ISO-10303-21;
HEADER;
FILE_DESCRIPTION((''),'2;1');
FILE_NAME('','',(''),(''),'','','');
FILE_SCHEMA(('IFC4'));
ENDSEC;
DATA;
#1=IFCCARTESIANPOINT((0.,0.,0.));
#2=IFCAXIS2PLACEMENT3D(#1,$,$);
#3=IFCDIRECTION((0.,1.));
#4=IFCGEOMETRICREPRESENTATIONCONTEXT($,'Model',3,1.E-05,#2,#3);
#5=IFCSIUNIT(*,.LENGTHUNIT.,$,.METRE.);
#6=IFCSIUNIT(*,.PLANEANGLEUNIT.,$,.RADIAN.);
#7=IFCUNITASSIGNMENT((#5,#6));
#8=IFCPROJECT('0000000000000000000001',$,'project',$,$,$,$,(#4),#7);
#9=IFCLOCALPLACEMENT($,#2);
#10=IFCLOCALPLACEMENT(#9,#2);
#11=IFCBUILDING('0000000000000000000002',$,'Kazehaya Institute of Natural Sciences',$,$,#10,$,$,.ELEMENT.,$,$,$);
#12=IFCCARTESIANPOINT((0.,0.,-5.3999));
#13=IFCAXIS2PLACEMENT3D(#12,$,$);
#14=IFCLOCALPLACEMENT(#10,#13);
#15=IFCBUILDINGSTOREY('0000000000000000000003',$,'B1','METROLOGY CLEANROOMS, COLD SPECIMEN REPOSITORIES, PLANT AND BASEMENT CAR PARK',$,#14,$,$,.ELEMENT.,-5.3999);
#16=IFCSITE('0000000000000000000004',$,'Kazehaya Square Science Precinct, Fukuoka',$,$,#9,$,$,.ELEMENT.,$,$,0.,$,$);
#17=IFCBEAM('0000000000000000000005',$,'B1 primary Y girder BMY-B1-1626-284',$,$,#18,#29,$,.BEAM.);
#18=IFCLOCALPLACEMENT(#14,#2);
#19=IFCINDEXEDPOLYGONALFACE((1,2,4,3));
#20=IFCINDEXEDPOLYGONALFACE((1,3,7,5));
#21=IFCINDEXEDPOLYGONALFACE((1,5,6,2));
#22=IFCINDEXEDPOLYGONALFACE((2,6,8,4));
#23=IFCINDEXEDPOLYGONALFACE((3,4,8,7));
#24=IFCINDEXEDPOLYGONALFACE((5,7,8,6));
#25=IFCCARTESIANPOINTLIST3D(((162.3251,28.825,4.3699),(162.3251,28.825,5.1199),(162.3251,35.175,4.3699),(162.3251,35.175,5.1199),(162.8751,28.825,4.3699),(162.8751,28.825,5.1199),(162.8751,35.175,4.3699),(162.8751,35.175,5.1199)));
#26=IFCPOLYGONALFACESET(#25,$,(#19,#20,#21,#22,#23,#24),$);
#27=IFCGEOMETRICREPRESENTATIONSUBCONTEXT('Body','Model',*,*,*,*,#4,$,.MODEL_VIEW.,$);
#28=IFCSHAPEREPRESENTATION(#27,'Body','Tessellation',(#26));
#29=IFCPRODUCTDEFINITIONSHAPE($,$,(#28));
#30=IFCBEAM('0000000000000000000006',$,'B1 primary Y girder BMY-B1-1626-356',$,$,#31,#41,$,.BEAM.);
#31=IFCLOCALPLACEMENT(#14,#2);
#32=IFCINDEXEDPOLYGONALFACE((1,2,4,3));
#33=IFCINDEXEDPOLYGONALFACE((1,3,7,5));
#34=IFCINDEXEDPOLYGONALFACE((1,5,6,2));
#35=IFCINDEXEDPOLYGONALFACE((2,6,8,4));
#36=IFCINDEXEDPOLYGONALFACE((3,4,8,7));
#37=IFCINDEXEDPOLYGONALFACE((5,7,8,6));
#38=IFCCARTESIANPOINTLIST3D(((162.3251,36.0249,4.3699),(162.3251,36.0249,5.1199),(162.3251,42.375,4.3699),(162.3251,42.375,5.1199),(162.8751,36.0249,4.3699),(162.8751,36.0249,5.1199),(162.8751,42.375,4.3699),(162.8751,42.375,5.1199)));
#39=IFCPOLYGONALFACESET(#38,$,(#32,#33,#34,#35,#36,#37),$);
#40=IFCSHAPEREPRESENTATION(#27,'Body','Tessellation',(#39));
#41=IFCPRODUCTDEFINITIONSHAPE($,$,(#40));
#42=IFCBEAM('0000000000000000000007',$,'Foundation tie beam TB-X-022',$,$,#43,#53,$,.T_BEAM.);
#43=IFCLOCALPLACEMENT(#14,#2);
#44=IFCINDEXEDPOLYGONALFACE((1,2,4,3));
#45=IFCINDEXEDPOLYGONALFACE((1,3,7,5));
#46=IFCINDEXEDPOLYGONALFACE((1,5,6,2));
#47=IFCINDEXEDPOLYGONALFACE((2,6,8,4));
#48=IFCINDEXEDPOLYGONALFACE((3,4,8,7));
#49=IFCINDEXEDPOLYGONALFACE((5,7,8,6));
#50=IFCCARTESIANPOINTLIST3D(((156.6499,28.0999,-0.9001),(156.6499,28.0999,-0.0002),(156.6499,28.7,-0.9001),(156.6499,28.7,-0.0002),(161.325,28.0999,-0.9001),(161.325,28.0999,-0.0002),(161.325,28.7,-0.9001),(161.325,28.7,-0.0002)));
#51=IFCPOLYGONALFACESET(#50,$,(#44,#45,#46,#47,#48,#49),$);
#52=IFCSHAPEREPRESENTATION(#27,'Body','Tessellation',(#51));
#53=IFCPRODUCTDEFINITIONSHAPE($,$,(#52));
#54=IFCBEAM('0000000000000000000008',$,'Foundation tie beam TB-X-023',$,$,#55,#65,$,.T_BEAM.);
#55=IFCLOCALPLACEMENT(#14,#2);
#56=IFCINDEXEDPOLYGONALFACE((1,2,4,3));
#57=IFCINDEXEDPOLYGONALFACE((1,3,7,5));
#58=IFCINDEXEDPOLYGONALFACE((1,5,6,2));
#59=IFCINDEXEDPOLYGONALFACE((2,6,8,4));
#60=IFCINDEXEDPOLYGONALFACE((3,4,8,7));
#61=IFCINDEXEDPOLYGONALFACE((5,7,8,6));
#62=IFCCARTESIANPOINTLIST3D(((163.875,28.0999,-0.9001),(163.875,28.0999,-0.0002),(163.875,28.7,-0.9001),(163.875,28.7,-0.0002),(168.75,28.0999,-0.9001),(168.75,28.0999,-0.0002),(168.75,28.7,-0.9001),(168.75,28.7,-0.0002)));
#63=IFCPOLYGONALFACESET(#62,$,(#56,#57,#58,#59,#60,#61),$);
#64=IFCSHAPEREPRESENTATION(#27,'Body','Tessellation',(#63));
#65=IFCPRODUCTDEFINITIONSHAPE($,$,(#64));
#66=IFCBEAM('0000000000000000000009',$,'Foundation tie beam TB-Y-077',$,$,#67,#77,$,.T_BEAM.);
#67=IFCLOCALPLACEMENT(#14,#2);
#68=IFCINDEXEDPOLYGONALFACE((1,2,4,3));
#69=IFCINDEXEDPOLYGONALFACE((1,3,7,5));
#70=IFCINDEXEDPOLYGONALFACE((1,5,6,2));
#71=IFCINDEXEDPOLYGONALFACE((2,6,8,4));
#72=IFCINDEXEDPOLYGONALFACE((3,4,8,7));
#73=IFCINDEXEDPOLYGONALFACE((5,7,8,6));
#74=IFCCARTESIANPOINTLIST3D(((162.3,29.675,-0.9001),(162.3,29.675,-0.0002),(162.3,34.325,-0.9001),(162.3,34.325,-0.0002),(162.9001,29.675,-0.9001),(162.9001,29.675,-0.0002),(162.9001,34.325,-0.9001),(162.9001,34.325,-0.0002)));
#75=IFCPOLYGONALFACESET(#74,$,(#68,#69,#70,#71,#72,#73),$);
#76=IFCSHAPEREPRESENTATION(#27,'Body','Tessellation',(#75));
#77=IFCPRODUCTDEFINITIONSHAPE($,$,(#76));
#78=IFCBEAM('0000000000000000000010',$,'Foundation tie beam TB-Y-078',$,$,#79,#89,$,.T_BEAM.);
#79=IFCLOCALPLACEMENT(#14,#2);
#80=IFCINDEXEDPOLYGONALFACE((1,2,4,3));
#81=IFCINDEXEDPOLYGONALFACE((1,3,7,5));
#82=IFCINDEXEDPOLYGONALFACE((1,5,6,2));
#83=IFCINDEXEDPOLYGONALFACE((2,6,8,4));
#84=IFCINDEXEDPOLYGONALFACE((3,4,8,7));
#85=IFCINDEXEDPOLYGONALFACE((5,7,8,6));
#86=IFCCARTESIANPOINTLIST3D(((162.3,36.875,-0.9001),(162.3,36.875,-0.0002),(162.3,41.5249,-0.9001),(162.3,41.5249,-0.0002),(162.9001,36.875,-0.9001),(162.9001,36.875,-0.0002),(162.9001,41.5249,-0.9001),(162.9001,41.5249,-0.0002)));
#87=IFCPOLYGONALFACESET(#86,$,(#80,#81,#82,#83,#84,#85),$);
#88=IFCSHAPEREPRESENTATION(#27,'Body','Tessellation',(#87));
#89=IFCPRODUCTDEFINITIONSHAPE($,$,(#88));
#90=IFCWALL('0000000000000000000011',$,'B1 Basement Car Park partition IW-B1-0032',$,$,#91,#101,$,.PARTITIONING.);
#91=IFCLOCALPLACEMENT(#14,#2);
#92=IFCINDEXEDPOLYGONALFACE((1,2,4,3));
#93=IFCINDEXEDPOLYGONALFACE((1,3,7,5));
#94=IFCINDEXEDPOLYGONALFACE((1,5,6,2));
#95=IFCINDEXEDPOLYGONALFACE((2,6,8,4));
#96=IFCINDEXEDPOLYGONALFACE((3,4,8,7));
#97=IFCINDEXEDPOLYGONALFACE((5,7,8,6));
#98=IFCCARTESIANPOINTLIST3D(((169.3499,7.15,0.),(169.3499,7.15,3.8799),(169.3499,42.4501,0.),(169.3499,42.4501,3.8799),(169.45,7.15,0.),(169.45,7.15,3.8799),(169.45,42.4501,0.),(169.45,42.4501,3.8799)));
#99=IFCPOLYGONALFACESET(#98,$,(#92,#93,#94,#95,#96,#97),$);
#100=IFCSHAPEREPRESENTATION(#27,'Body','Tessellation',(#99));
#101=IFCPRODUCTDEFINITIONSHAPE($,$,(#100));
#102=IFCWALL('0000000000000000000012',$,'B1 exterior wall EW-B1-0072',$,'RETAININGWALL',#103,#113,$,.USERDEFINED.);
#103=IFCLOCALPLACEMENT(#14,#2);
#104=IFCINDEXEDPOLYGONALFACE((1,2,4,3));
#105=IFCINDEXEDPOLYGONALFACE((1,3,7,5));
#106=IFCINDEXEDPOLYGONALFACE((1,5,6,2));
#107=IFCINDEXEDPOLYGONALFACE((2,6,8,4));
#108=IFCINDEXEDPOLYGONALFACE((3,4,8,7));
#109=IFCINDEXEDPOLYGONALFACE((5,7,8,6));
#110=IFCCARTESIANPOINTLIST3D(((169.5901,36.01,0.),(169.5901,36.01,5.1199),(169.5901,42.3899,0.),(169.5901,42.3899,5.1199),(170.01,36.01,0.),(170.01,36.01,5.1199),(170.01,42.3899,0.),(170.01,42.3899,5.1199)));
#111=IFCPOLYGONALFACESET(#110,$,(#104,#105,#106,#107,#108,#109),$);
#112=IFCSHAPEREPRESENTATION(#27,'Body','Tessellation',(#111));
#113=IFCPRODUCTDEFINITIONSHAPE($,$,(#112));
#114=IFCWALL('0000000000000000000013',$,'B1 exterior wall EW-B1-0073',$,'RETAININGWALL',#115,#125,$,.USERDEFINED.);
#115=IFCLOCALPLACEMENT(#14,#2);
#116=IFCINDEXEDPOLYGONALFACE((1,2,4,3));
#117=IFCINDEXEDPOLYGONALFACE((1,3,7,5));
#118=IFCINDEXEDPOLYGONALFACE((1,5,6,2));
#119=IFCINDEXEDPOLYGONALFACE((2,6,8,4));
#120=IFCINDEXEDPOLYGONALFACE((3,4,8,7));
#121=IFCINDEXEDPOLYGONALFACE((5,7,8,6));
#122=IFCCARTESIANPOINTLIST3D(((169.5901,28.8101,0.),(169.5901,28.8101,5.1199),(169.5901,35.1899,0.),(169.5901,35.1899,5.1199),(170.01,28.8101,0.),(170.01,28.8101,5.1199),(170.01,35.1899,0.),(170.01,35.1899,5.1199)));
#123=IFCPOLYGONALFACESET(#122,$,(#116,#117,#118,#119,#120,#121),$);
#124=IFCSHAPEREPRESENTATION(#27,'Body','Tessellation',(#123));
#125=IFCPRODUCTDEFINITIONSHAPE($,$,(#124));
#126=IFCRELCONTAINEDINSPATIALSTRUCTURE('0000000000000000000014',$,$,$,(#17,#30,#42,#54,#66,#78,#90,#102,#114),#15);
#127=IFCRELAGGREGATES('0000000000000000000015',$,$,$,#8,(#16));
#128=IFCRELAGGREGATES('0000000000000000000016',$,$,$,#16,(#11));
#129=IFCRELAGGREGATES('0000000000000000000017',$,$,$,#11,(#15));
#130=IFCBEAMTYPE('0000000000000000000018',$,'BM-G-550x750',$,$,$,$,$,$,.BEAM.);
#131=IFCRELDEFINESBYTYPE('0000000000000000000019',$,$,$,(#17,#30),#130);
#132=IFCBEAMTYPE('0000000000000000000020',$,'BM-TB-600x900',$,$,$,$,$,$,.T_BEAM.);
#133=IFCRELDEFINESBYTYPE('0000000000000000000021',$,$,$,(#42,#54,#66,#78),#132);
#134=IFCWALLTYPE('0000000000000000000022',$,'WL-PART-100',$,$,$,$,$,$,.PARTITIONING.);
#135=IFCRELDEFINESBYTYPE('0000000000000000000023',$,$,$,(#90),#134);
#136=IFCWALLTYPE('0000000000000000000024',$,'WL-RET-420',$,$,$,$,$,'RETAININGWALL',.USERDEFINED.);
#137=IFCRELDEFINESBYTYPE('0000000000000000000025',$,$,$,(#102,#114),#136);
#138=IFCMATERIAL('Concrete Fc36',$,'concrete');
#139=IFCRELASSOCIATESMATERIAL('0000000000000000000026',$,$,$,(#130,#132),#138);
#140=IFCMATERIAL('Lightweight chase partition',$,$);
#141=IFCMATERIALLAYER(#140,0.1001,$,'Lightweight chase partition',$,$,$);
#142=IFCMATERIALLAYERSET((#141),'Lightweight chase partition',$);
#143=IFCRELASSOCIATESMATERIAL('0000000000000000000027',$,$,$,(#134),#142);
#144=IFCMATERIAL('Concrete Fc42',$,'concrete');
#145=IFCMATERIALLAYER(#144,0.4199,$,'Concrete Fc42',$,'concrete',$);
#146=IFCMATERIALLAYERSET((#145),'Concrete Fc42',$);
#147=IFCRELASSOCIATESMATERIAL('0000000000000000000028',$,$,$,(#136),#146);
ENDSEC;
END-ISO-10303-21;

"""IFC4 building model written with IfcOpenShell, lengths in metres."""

from ifc_helpers import new_model, si_unit, direction, frame, frame_2d, origin, origin_2d, place, context, subcontext, project, spatial, rectangle, extrude, material, layer, layer_set, material_profile, profile_set, type_object, element, save


model = new_model("IFC4")

# Units and contexts
model_context = context("Model", 3, precision=1e-05, world=origin(), true_north=direction((0.0, 1.0)))
body_context = subcontext(model_context, "Body", "Model", "MODEL_VIEW")
ifc_project = project(units=[si_unit("LENGTHUNIT", "METRE"), si_unit("PLANEANGLEUNIT", "RADIAN")], contexts=[model_context])

# Site, building, storey
site_placement = place(None, origin())
site = spatial("IfcSite", under=ifc_project, at=site_placement, Name="Kazehaya Square Science Precinct, Fukuoka", CompositionType="ELEMENT", RefElevation=0.0)
building_placement = place(site_placement, origin())
building = spatial("IfcBuilding", under=site, at=building_placement, Name="Kazehaya Institute of Natural Sciences", CompositionType="ELEMENT")
storey_placement = place(building_placement, frame((0.0, 0.0, -5.3999)))
storey = spatial("IfcBuildingStorey", under=building, at=storey_placement, Name="B1", Description="METROLOGY CLEANROOMS, COLD SPECIMEN REPOSITORIES, PLANT AND BASEMENT CAR PARK", CompositionType="ELEMENT", Elevation=-5.3999)

# Shared definitions
ifc_material_1 = material(Name="Concrete Fc36", Category="concrete")

# Shared definitions
ifc_material_2 = material(Name="Concrete Fc42", Category="concrete")

# Beams
ifc_material_profile_1 = material_profile(ifc_material_1, rectangle(XDim=0.55, YDim=0.75, at=origin_2d()), Name="RC-550x750")
ifc_profile_set_1 = profile_set([ifc_material_profile_1], Name="Concrete Fc36")
beam_type_1 = type_object("IfcBeamType", Name="BM-G-550x750", PredefinedType="BEAM", material=ifc_profile_set_1)
for number, where, z_axis, x_axis, name in (
    (1, (162.6001, 28.825, 4.7449), (0.0, 1.0, 0.0), (-1.0, 0.0, 0.0), "B1 primary Y girder BMY-B1-1626-284"),
    (2, (162.6001, 36.0249, 4.7449), (0.0, 1.0, 0.0), (-1.0, 0.0, 0.0), "B1 primary Y girder BMY-B1-1626-356"),
):
    element("IfcBeam", number, at=place(storey_placement, frame(where, z_axis=z_axis, x_axis=x_axis)), inside=storey, type_object=beam_type_1, Name=name, PredefinedType="BEAM", context=body_context, shape_type="SweptSolid", body=[
        extrude(rectangle(XDim=0.55, YDim=0.75, at=origin_2d()), origin(), (0.0, 0.0, 1.0), 6.3501),
    ])
ifc_material_profile_2 = material_profile(ifc_material_1, rectangle(XDim=0.6001, YDim=0.8999, at=origin_2d()), Name="RC-600x900")
ifc_profile_set_2 = profile_set([ifc_material_profile_2], Name="Concrete Fc36")
beam_type_2 = type_object("IfcBeamType", Name="BM-TB-600x900", PredefinedType="T_BEAM", material=ifc_profile_set_2)
beam_1_placement = place(storey_placement, frame((156.6499, 28.3999, -0.4502), z_axis=(1.0, 0.0, 0.0), x_axis=(0.0, 1.0, 0.0)))
element("IfcBeam", 3, at=beam_1_placement, inside=storey, type_object=beam_type_2, Name="Foundation tie beam TB-X-022", PredefinedType="T_BEAM", context=body_context, shape_type="SweptSolid", body=[
    extrude(rectangle(XDim=0.6001, YDim=0.8999, at=origin_2d()), origin(), (0.0, 0.0, 1.0), 4.675),
])
beam_2_placement = place(storey_placement, frame((163.875, 28.3999, -0.4502), z_axis=(1.0, 0.0, 0.0), x_axis=(0.0, 1.0, 0.0)))
element("IfcBeam", 4, at=beam_2_placement, inside=storey, type_object=beam_type_2, Name="Foundation tie beam TB-X-023", PredefinedType="T_BEAM", context=body_context, shape_type="SweptSolid", body=[
    extrude(rectangle(XDim=0.6001, YDim=0.8999, at=origin_2d()), origin(), (0.0, 0.0, 1.0), 4.875),
])
for number, where, z_axis, x_axis, name in (
    (5, (162.6001, 29.675, -0.4502), (0.0, 1.0, 0.0), (-1.0, 0.0, 0.0), "Foundation tie beam TB-Y-077"),
    (6, (162.6001, 36.875, -0.4502), (0.0, 1.0, 0.0), (-1.0, 0.0, 0.0), "Foundation tie beam TB-Y-078"),
):
    element("IfcBeam", number, at=place(storey_placement, frame(where, z_axis=z_axis, x_axis=x_axis)), inside=storey, type_object=beam_type_2, Name=name, PredefinedType="T_BEAM", context=body_context, shape_type="SweptSolid", body=[
        extrude(rectangle(XDim=0.6001, YDim=0.8999, at=origin_2d()), origin(), (0.0, 0.0, 1.0), 4.6499),
    ])

# Walls
ifc_material_3 = material(Name="Lightweight chase partition")
ifc_layer_1 = layer(ifc_material_3, 0.1001, Name="Lightweight chase partition")
ifc_layer_set_1 = layer_set([ifc_layer_1], Name="Lightweight chase partition")
wall_type_1 = type_object("IfcWallType", Name="WL-PART-100", PredefinedType="PARTITIONING", material=ifc_layer_set_1)
wall_placement = place(storey_placement, frame((169.3999, 42.45, 0.0), z_axis=(0.0, 0.0, 1.0), x_axis=(0.0, -1.0, 0.0)))
element("IfcWall", 7, at=wall_placement, inside=storey, type_object=wall_type_1, Name="B1 Basement Car Park partition IW-B1-0032", PredefinedType="PARTITIONING", context=body_context, shape_type="SweptSolid", body=[
    extrude(rectangle(XDim=35.3, YDim=0.1001, at=frame_2d((17.6499, 0.0))), origin(), (0.0, 0.0, 1.0), 3.8799),
])
ifc_layer_2 = layer(ifc_material_2, 0.4199, Name="Concrete Fc42", Category="concrete")
ifc_layer_set_2 = layer_set([ifc_layer_2], Name="Concrete Fc42")
wall_type_2 = type_object("IfcWallType", Name="WL-RET-420", ElementType="RETAININGWALL", PredefinedType="USERDEFINED", material=ifc_layer_set_2)
for number, where, z_axis, x_axis, name in (
    (8, (169.8, 42.3899, 0.0), (0.0, 0.0, 1.0), (0.0, -1.0, 0.0), "B1 exterior wall EW-B1-0072"),
    (9, (169.8, 35.1899, 0.0), (0.0, 0.0, 1.0), (0.0, -1.0, 0.0), "B1 exterior wall EW-B1-0073"),
):
    element("IfcWall", number, at=place(storey_placement, frame(where, z_axis=z_axis, x_axis=x_axis)), inside=storey, type_object=wall_type_2, Name=name, ObjectType="RETAININGWALL", PredefinedType="USERDEFINED", context=body_context, shape_type="SweptSolid", body=[
        extrude(rectangle(XDim=6.3799, YDim=0.4199, at=frame_2d((3.1899, 0.0))), origin(), (0.0, 0.0, 1.0), 5.1199),
    ])

save(model, "model.ifc")
